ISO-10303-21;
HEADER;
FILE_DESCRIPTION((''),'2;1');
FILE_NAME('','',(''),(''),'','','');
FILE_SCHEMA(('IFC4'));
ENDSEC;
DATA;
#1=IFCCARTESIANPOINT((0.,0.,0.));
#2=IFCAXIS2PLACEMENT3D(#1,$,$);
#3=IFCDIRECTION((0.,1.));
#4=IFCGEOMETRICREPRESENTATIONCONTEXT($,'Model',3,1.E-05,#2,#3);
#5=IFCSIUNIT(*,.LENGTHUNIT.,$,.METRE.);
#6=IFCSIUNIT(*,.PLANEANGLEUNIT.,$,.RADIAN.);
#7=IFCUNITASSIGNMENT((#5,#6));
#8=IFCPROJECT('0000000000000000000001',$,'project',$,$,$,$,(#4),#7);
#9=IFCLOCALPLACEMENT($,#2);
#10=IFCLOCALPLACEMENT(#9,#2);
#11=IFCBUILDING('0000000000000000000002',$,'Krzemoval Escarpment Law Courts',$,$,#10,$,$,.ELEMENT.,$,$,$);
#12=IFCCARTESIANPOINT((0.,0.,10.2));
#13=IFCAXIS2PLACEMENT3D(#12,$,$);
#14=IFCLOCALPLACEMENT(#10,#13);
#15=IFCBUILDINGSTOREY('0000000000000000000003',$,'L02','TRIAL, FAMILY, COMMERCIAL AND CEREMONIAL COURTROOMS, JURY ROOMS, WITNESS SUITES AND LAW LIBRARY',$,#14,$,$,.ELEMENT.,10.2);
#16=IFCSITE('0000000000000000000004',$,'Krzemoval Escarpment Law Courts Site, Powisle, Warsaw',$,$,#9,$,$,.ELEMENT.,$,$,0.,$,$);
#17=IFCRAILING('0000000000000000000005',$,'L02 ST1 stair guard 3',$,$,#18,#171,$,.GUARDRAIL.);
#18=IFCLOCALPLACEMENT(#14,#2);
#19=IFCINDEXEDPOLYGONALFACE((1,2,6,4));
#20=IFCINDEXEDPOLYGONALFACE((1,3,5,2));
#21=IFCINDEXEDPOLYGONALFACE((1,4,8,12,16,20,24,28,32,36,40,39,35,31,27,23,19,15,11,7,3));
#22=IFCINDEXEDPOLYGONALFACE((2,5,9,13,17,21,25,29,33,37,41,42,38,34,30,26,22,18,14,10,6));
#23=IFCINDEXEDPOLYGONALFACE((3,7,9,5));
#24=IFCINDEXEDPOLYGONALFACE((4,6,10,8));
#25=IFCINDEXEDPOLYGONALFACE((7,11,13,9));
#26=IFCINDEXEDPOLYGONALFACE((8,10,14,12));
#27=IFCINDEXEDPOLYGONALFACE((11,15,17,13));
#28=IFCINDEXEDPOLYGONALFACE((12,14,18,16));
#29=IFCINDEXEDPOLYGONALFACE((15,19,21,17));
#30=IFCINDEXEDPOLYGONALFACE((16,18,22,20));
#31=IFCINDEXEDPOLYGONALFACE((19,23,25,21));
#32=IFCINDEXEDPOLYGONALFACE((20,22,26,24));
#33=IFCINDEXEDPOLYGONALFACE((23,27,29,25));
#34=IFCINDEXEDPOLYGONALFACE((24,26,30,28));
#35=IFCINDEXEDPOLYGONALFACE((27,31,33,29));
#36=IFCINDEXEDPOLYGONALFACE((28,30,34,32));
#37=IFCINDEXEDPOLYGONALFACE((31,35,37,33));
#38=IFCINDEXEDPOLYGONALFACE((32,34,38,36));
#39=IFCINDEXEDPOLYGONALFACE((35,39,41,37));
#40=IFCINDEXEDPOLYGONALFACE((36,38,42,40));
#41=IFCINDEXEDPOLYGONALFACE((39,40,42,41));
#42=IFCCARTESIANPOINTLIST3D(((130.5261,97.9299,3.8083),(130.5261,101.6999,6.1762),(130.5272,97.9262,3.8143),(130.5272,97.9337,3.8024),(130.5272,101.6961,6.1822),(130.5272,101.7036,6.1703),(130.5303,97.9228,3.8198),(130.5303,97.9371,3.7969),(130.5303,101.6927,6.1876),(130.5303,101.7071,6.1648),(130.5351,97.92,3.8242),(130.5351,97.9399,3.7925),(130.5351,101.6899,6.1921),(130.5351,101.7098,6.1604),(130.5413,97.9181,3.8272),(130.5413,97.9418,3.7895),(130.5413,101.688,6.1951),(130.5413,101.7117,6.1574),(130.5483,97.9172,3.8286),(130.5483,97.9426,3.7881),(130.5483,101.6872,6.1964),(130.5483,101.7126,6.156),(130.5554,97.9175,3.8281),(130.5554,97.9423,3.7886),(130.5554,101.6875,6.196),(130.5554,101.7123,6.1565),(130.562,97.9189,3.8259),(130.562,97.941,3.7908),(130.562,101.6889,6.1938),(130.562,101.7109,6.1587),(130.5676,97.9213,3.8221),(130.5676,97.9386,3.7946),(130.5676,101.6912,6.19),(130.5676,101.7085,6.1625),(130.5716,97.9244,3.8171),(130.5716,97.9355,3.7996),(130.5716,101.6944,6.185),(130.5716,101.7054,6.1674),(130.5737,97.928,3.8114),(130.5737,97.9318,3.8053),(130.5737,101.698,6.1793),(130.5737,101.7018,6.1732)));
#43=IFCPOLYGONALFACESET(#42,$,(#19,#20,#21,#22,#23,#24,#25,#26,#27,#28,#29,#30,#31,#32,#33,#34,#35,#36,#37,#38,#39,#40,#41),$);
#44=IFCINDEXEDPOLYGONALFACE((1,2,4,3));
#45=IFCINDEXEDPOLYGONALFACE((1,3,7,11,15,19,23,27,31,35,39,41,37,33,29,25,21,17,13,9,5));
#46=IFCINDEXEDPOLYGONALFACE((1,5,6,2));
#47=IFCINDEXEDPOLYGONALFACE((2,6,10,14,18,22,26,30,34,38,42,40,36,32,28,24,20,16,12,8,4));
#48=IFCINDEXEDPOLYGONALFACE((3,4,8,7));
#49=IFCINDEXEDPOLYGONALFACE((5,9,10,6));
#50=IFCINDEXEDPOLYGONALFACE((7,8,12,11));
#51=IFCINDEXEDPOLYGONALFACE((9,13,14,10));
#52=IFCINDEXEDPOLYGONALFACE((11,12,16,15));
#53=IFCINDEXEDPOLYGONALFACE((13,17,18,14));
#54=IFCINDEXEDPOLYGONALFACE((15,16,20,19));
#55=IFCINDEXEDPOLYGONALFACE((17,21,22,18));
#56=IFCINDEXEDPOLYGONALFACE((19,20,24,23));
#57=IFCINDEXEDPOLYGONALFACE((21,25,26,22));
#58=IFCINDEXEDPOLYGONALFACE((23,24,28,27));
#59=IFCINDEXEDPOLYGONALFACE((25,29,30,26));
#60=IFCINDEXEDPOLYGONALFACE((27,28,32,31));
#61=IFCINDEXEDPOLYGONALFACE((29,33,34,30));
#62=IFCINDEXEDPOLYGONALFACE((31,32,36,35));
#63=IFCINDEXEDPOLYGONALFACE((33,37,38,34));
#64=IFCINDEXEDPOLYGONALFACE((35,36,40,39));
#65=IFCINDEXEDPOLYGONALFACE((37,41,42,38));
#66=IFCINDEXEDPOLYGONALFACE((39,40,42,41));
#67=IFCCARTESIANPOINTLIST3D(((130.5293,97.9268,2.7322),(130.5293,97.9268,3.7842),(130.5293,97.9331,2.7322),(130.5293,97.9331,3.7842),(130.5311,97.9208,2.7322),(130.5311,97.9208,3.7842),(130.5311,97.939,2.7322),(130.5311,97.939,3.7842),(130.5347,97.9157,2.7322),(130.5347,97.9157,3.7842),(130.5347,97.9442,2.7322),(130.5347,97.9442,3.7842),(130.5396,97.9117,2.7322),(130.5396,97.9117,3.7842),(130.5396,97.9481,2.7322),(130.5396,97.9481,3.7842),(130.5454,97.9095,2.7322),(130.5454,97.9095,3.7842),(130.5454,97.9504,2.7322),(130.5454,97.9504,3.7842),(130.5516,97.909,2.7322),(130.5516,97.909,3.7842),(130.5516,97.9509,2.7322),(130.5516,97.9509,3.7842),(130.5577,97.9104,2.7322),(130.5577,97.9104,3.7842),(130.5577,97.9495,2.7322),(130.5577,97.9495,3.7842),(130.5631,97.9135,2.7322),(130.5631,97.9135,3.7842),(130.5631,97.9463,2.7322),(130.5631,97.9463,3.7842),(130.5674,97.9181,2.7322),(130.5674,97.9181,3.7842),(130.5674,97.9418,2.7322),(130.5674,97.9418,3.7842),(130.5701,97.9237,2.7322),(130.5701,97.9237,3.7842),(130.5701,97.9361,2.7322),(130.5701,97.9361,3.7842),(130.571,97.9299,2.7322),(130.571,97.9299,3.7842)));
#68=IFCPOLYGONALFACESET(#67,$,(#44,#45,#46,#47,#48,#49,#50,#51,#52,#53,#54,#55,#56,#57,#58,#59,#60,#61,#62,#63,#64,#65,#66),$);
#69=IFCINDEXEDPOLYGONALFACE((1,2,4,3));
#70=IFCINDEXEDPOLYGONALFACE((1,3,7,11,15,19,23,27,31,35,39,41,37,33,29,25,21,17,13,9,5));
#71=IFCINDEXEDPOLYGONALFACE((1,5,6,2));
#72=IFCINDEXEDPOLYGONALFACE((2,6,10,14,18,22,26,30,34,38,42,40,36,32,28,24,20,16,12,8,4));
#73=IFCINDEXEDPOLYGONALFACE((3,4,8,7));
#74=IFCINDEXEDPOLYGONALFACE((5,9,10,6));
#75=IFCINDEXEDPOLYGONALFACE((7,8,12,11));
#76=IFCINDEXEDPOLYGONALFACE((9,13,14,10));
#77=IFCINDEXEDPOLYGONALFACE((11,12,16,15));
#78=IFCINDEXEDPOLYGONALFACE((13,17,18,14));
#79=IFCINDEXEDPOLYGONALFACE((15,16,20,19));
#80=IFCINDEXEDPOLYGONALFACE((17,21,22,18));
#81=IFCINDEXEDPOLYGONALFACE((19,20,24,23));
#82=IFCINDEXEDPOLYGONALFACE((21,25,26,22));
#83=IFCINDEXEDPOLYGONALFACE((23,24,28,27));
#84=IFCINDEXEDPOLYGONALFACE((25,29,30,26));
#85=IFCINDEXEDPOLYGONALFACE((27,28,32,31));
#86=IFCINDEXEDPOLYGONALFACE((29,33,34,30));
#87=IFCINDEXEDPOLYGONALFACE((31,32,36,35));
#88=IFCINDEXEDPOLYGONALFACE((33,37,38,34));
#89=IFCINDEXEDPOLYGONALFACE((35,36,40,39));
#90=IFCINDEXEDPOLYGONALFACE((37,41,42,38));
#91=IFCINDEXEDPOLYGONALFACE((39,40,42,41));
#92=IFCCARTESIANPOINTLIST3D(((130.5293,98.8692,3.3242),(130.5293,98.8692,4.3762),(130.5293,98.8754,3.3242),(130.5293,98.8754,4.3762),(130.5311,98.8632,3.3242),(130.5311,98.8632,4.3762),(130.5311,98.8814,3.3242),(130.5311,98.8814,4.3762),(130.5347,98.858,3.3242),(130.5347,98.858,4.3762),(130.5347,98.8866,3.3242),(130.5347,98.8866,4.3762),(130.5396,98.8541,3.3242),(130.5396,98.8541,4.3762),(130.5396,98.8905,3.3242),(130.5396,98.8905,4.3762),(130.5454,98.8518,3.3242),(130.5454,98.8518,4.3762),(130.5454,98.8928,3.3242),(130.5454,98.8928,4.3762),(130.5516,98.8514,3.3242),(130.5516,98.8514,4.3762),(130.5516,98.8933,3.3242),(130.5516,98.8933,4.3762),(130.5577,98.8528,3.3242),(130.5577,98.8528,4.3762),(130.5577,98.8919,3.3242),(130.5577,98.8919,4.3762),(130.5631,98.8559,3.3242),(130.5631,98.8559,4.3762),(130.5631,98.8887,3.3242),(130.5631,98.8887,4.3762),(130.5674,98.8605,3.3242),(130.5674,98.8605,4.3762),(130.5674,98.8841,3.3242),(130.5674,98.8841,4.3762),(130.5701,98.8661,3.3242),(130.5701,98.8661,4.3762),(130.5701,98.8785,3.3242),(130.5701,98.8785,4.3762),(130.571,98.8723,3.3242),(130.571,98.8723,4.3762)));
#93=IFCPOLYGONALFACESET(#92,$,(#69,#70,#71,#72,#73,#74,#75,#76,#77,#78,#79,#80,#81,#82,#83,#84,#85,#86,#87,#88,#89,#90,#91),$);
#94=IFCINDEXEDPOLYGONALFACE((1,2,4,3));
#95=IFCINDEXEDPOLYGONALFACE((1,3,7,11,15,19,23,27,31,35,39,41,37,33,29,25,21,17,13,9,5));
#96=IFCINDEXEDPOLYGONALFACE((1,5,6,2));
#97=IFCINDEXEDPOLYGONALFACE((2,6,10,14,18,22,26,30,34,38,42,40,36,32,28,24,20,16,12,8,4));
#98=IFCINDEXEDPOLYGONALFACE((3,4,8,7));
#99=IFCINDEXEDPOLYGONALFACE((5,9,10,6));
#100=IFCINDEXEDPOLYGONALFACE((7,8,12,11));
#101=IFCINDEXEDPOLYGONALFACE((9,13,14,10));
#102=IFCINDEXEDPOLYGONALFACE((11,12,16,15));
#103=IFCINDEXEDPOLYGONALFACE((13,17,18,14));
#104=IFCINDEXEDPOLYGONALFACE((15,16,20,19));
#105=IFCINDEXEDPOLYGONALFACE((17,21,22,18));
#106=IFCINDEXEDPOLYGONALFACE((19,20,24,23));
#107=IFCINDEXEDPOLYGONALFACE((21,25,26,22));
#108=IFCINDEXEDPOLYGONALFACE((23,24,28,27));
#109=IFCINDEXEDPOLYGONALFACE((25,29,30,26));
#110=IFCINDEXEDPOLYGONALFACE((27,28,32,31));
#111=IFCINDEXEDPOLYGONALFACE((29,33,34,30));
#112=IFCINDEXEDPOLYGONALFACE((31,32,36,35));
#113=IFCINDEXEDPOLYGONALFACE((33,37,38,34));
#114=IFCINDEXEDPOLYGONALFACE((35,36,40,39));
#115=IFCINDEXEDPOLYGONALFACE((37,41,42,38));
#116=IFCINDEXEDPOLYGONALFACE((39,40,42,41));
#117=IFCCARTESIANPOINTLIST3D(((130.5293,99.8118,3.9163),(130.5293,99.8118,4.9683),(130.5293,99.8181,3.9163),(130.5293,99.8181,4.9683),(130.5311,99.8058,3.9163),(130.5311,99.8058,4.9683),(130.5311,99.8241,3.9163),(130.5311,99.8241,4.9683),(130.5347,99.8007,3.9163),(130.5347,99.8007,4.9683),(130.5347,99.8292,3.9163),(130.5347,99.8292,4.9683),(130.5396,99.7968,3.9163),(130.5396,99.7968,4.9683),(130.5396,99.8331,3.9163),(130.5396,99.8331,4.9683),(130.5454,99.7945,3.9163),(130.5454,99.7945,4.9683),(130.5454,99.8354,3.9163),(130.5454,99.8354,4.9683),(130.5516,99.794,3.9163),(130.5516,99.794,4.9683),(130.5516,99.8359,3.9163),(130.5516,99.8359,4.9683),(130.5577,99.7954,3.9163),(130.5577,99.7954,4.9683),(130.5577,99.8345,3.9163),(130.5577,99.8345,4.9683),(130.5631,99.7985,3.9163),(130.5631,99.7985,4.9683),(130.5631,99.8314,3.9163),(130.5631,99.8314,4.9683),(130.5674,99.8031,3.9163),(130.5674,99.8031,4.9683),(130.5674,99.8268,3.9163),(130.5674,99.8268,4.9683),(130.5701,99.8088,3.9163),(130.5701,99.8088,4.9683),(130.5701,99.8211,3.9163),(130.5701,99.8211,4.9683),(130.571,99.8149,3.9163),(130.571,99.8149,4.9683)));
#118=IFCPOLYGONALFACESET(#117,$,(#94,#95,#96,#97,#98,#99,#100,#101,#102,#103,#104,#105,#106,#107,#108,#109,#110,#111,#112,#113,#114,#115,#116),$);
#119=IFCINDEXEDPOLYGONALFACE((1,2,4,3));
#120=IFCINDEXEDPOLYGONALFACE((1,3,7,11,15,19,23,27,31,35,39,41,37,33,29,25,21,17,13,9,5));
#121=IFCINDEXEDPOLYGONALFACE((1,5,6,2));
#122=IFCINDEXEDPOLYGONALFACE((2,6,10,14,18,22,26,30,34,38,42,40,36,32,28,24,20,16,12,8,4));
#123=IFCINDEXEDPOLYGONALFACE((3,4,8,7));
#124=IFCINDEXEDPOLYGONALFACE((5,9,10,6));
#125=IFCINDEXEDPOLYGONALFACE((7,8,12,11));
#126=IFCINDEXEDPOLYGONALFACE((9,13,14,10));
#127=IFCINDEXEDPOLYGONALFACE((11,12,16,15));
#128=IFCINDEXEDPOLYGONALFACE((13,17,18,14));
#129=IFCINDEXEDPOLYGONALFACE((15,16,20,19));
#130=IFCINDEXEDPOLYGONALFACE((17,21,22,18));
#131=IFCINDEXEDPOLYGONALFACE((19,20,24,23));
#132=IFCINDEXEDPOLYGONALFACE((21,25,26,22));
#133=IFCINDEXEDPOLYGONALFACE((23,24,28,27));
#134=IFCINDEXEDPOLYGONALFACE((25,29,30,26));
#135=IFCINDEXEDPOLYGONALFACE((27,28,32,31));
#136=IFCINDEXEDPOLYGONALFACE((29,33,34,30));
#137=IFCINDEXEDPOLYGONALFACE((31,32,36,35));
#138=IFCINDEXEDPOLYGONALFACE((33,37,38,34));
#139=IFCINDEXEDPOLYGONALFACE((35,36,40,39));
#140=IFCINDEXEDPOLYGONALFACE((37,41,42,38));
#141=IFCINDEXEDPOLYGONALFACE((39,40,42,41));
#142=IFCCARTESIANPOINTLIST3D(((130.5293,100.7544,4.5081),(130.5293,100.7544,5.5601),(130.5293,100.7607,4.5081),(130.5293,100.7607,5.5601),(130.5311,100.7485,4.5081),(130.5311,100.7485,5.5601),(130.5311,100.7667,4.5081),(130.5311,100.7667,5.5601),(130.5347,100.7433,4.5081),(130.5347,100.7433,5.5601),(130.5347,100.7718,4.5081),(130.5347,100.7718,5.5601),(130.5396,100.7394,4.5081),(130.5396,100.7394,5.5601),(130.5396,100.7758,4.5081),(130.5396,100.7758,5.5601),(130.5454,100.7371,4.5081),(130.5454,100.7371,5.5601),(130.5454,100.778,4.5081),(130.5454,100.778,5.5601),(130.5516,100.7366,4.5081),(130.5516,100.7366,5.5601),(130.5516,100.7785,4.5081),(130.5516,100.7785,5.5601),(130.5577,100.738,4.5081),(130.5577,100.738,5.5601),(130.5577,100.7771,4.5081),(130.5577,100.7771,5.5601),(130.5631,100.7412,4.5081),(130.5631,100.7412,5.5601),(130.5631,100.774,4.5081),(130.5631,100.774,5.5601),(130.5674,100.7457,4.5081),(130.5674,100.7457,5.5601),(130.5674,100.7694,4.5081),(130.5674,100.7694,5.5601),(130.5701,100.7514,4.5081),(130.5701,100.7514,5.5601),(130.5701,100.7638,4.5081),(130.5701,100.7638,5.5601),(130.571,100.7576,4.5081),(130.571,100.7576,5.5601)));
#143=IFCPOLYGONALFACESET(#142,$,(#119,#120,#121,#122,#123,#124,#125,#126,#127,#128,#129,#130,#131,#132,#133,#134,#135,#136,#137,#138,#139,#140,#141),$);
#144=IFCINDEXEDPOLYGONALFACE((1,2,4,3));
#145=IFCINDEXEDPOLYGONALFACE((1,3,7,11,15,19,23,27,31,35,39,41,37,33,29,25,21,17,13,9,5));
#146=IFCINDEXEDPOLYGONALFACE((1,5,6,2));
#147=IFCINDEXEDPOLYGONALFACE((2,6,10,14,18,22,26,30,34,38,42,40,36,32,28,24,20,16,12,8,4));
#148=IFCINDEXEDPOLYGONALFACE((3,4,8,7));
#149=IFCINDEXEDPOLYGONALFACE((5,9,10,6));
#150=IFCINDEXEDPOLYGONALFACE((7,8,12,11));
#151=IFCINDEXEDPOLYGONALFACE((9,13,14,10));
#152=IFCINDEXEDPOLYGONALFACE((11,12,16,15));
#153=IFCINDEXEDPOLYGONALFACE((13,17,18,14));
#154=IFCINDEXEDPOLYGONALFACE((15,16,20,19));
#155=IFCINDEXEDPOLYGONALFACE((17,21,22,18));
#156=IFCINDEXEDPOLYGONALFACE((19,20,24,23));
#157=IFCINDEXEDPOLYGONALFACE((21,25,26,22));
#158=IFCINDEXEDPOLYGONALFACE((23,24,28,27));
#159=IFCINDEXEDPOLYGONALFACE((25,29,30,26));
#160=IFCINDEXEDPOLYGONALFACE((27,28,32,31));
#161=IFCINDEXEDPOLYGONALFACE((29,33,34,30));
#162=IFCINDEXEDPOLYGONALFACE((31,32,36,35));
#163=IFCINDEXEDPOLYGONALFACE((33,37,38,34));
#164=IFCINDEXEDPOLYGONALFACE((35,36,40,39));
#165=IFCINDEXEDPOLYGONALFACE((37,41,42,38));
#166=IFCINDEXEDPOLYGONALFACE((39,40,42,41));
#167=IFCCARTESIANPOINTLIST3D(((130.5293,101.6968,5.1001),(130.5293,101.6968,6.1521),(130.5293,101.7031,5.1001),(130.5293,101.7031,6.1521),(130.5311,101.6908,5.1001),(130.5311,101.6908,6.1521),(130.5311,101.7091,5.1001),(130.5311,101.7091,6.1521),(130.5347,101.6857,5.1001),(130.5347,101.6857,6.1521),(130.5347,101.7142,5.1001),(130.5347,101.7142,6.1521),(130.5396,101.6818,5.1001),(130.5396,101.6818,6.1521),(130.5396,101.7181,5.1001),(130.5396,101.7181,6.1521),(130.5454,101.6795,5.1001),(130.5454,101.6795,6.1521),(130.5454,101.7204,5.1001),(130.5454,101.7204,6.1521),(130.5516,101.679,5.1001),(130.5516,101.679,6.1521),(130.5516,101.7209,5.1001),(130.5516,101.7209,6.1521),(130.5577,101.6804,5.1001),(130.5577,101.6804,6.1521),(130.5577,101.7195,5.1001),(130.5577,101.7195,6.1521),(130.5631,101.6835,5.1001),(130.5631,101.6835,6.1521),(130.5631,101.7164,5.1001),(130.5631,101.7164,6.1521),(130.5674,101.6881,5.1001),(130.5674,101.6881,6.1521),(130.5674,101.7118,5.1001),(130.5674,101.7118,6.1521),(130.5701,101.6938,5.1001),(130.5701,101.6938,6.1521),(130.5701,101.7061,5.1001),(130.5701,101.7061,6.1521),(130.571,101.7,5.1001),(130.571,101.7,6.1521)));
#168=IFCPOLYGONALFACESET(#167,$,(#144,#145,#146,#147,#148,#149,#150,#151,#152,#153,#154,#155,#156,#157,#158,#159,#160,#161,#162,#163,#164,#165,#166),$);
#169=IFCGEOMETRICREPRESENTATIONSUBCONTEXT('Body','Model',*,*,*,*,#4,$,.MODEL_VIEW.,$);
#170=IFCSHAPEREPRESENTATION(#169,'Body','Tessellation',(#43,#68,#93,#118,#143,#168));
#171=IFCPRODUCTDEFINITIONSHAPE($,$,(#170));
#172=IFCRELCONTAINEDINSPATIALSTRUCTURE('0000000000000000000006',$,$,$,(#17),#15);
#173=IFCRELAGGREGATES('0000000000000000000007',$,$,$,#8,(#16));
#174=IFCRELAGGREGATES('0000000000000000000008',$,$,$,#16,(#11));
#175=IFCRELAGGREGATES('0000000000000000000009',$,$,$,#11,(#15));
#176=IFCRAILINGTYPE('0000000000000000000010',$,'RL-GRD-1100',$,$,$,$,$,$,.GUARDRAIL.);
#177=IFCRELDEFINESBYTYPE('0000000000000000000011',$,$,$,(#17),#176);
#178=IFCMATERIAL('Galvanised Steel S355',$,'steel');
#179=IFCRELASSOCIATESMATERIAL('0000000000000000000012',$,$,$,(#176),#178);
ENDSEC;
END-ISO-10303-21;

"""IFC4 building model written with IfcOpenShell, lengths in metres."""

from ifc_helpers import new_model, si_unit, direction, frame, origin, origin_2d, place, context, subcontext, project, spatial, circle, extrude, material, type_object, element, save


model = new_model("IFC4")

# Units and contexts
model_context = context("Model", 3, precision=1e-05, world=origin(), true_north=direction((0.0, 1.0)))
body_context = subcontext(model_context, "Body", "Model", "MODEL_VIEW")
ifc_project = project(units=[si_unit("LENGTHUNIT", "METRE"), si_unit("PLANEANGLEUNIT", "RADIAN")], contexts=[model_context])

# Site, building, storey
site_placement = place(None, origin())
site = spatial("IfcSite", under=ifc_project, at=site_placement, Name="Krzemoval Escarpment Law Courts Site, Powisle, Warsaw", CompositionType="ELEMENT", RefElevation=0.0)
building_placement = place(site_placement, origin())
building = spatial("IfcBuilding", under=site, at=building_placement, Name="Krzemoval Escarpment Law Courts", CompositionType="ELEMENT")
storey_placement = place(building_placement, frame((0.0, 0.0, 10.2)))
storey = spatial("IfcBuildingStorey", under=building, at=storey_placement, Name="L02", Description="TRIAL, FAMILY, COMMERCIAL AND CEREMONIAL COURTROOMS, JURY ROOMS, WITNESS SUITES AND LAW LIBRARY", CompositionType="ELEMENT", Elevation=10.2)

# Railing
ifc_material_1 = material(Name="Galvanised Steel S355", Category="steel")
railing_type_1 = type_object("IfcRailingType", Name="RL-GRD-1100", PredefinedType="GUARDRAIL", material=ifc_material_1)
railing_1_placement = place(storey_placement, frame((130.55, 97.9299, 2.7322)))
element("IfcRailing", 1, at=railing_1_placement, inside=storey, type_object=railing_type_1, Name="L02 ST1 stair guard 3", PredefinedType="GUARDRAIL", context=body_context, shape_type="SweptSolid", body=[
    extrude(circle(Radius=0.0239, at=origin_2d()), frame((0.0, 0.0, 1.0762), z_axis=(0.0, 0.846819, 0.531881), x_axis=(-1.0, 0.0, 0.0)), (0.0, 0.0, 1.0), 4.4519),
    extrude(circle(Radius=0.021, at=origin_2d()), origin(), (0.0, 0.0, 1.0), 1.052),
    extrude(circle(Radius=0.021, at=origin_2d()), frame((0.0, 0.9424, 0.592)), (0.0, 0.0, 1.0), 1.052),
    extrude(circle(Radius=0.021, at=origin_2d()), frame((0.0, 1.885, 1.1841)), (0.0, 0.0, 1.0), 1.052),
    extrude(circle(Radius=0.021, at=origin_2d()), frame((0.0, 2.8276, 1.7759)), (0.0, 0.0, 1.0), 1.052),
    extrude(circle(Radius=0.021, at=origin_2d()), frame((0.0, 3.77, 2.3679)), (0.0, 0.0, 1.0), 1.052),
])

save(model, "model.ifc")
